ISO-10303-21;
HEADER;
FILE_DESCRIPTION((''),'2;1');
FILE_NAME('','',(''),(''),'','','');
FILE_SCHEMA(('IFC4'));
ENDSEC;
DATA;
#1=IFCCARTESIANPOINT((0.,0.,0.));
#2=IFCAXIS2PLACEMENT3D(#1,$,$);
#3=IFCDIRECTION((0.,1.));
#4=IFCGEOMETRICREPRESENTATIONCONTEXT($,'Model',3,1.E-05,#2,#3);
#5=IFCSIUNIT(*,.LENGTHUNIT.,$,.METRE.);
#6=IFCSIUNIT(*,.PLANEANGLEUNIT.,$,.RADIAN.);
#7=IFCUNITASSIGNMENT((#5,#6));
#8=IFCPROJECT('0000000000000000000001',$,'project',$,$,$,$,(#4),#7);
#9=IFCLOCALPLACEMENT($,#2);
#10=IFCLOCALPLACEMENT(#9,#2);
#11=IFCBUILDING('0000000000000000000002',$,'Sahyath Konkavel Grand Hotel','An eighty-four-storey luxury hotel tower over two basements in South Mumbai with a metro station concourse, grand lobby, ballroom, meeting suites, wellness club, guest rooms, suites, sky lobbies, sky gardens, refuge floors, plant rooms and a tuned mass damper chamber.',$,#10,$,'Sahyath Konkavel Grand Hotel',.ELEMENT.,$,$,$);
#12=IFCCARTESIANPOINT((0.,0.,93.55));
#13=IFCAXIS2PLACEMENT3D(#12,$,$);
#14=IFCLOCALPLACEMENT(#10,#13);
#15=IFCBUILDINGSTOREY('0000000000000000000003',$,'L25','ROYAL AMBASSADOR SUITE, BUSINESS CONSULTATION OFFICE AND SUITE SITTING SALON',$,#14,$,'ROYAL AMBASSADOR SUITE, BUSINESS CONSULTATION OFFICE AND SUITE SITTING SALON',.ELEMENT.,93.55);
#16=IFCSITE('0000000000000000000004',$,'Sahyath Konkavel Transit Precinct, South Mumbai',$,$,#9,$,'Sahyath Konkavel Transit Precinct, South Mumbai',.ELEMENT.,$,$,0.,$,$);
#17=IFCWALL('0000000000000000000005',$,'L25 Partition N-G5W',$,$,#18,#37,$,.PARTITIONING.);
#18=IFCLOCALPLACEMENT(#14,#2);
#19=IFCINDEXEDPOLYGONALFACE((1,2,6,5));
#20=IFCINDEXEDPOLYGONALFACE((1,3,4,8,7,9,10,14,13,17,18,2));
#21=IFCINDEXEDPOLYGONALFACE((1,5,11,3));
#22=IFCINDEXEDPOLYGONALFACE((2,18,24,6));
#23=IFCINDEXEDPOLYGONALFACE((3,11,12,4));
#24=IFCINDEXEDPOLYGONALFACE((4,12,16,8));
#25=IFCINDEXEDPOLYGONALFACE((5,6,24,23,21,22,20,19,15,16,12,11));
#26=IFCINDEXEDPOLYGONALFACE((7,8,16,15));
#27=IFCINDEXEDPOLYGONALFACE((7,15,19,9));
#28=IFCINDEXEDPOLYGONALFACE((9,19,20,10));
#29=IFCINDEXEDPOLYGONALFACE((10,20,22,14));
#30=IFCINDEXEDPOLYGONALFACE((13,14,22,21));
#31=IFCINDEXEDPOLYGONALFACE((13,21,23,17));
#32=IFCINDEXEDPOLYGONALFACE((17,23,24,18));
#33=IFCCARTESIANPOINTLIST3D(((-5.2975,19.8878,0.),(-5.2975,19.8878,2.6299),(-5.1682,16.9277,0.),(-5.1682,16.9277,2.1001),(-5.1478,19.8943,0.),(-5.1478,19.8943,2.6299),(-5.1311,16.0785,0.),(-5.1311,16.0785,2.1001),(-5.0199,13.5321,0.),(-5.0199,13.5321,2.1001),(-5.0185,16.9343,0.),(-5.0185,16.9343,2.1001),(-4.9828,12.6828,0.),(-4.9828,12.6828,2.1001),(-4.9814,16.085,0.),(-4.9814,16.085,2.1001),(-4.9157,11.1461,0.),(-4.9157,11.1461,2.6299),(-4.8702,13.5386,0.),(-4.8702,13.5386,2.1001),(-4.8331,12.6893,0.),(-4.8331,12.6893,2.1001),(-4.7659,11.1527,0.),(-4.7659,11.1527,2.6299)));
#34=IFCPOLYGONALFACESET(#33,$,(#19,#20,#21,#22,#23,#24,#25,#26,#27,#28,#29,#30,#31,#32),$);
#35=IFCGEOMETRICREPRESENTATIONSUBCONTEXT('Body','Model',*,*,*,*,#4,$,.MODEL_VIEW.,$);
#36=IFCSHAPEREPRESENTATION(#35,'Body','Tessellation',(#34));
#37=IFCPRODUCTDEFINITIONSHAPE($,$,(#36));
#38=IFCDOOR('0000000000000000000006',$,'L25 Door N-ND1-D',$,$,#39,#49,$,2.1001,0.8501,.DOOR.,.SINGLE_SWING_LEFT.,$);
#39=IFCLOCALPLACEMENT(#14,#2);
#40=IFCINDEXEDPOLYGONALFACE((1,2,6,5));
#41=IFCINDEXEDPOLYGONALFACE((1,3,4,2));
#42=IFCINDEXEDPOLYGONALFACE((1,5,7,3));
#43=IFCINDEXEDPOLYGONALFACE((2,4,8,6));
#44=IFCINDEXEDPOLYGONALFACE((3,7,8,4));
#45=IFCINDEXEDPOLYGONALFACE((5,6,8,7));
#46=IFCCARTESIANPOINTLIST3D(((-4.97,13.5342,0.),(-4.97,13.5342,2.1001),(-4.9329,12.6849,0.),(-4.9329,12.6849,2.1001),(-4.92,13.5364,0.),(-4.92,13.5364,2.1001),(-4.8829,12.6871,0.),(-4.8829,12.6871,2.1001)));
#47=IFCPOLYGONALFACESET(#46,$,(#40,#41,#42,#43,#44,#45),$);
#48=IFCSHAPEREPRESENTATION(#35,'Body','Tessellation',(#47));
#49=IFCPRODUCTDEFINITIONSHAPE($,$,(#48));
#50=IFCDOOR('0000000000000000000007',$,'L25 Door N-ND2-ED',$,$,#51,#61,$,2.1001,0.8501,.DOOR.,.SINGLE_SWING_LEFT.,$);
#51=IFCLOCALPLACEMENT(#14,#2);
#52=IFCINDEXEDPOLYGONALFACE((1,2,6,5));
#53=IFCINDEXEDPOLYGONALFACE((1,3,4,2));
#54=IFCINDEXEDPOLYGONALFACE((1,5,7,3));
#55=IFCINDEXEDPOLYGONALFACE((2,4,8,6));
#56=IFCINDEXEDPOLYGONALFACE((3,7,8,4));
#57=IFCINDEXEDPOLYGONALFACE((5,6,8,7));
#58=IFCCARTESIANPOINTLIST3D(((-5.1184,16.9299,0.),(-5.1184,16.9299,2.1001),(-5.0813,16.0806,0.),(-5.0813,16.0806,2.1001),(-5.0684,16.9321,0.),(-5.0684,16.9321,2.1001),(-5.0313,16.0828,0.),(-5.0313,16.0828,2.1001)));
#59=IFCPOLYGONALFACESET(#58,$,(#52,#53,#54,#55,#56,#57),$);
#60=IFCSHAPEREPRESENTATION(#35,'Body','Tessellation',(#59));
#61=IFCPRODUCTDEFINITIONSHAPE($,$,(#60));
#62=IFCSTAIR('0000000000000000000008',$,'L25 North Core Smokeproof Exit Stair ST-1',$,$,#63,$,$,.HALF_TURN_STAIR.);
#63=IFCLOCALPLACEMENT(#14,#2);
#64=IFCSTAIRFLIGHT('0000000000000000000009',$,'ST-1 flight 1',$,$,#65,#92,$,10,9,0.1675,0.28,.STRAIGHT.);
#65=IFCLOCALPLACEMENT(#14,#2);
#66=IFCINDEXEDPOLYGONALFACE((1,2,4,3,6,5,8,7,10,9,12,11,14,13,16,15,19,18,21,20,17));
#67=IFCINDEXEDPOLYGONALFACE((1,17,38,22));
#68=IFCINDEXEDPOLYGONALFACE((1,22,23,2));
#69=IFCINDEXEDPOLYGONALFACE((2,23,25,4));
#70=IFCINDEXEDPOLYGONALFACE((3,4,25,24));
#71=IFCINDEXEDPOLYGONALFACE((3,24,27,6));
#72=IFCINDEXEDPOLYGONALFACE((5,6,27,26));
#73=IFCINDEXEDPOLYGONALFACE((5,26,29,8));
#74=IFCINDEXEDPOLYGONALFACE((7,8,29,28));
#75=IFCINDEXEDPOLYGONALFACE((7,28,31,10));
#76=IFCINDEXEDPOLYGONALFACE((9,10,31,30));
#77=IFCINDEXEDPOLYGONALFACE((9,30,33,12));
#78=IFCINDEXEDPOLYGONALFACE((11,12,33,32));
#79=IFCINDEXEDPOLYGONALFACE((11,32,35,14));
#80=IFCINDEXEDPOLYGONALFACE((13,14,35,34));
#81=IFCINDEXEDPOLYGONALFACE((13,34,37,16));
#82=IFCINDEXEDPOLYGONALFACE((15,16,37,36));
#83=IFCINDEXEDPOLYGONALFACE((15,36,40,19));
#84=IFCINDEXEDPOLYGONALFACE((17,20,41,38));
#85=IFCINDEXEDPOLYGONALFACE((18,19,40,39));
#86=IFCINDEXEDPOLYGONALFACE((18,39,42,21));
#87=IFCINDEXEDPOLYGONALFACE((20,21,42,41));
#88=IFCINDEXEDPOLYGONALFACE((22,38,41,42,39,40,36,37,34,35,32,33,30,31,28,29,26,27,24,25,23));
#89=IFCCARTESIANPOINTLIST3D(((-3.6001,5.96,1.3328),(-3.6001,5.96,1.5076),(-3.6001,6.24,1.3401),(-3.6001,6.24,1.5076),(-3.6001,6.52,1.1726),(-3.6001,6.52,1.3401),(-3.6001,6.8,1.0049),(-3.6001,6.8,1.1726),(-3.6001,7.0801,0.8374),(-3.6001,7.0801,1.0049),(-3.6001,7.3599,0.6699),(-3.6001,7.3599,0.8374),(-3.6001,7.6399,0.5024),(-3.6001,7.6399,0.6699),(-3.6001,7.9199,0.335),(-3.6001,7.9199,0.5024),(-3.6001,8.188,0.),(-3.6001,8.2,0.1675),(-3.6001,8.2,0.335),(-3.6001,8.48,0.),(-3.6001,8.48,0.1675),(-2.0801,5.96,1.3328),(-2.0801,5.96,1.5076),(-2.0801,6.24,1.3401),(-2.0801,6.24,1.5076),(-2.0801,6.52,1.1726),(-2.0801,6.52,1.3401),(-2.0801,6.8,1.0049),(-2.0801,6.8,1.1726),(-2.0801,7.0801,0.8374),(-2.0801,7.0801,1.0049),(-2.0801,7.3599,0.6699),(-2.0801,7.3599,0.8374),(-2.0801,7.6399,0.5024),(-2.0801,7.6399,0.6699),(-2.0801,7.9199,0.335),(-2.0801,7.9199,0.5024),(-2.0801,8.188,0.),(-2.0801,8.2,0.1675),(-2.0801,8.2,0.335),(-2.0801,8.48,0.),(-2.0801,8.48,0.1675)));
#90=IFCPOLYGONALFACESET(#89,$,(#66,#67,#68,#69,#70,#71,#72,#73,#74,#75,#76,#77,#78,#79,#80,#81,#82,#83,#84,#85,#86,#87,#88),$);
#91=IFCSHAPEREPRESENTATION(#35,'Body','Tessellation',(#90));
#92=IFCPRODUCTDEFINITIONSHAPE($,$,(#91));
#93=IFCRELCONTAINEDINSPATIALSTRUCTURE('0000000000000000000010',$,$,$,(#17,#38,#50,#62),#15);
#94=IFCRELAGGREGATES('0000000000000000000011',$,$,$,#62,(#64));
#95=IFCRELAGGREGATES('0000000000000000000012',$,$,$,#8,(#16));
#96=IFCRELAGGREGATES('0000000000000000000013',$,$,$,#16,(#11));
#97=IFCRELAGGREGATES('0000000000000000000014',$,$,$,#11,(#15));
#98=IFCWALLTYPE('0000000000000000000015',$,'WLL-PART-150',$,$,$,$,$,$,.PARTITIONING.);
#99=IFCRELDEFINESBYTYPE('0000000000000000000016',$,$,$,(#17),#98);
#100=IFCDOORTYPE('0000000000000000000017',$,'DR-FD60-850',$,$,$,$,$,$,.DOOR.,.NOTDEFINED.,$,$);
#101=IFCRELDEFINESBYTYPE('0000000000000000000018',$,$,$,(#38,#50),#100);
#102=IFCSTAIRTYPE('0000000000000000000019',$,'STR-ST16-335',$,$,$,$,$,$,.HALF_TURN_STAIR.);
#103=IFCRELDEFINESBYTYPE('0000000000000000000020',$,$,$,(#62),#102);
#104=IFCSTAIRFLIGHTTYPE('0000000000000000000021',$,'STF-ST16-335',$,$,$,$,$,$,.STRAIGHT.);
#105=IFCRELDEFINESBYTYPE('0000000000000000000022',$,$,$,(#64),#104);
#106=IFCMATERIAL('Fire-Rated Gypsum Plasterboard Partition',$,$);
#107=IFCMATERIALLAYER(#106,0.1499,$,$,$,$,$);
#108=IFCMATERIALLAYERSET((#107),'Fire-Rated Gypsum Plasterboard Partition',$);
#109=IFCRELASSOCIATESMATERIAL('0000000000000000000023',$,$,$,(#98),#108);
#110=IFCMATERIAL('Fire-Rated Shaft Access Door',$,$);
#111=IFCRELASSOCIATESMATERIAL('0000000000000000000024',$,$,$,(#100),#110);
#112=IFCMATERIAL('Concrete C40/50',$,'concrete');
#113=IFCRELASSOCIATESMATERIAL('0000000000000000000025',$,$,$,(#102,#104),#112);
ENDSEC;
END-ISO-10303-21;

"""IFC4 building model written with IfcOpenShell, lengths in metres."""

from ifc_helpers import new_model, si_unit, direction, frame, frame_2d, origin, origin_2d, place, context, subcontext, project, spatial, polyline, rectangle, outline, extrude, source, transform, mapped, material, layer, layer_set, type_object, element, fill, aggregate, save


model = new_model("IFC4")

# Units and contexts
model_context = context("Model", 3, precision=1e-05, world=origin(), true_north=direction((0.0, 1.0)))
body_context = subcontext(model_context, "Body", "Model", "MODEL_VIEW")
ifc_project = project(units=[si_unit("LENGTHUNIT", "METRE"), si_unit("PLANEANGLEUNIT", "RADIAN")], contexts=[model_context])

# Site, building, storey
site_placement = place(None, origin())
site = spatial("IfcSite", under=ifc_project, at=site_placement, Name="Sahyath Konkavel Transit Precinct, South Mumbai", LongName="Sahyath Konkavel Transit Precinct, South Mumbai", CompositionType="ELEMENT", RefElevation=0.0)
building_placement = place(site_placement, origin())
building = spatial("IfcBuilding", under=site, at=building_placement, Name="Sahyath Konkavel Grand Hotel", Description="An eighty-four-storey luxury hotel tower over two basements in South Mumbai with a metro station concourse, grand lobby, ballroom, meeting suites, wellness club, guest rooms, suites, sky lobbies, sky gardens, refuge floors, plant rooms and a tuned mass damper chamber.", LongName="Sahyath Konkavel Grand Hotel", CompositionType="ELEMENT")
storey_placement = place(building_placement, frame((0.0, 0.0, 93.55)))
storey = spatial("IfcBuildingStorey", under=building, at=storey_placement, Name="L25", Description="ROYAL AMBASSADOR SUITE, BUSINESS CONSULTATION OFFICE AND SUITE SITTING SALON", LongName="ROYAL AMBASSADOR SUITE, BUSINESS CONSULTATION OFFICE AND SUITE SITTING SALON", CompositionType="ELEMENT", Elevation=93.55)

# Wall, openings, doors
ifc_material_1 = material(Name="Fire-Rated Gypsum Plasterboard Partition")
ifc_layer_1 = layer(ifc_material_1, 0.1499)
ifc_layer_set_1 = layer_set([ifc_layer_1], Name="Fire-Rated Gypsum Plasterboard Partition")
wall_type_1 = type_object("IfcWallType", Name="WLL-PART-150", PredefinedType="PARTITIONING", material=ifc_layer_set_1)
wall_1_placement = place(storey_placement, frame((-4.8408, 11.1494, 0.0), z_axis=(0.0, 0.0, 1.0), x_axis=(-0.043638, 0.999047, 0.0)))
wall_1 = element("IfcWall", 1, at=wall_1_placement, inside=storey, type_object=wall_type_1, Name="L25 Partition N-G5W", PredefinedType="PARTITIONING", context=body_context, shape_type="SweptSolid", body=[
    extrude(rectangle(XDim=8.75, YDim=0.1499, at=frame_2d((4.375, 0.0))), origin(), (0.0, 0.0, 1.0), 2.6299),
])
opening_1_placement = place(wall_1_placement, frame((1.5381, 0.0, 0.0)))
opening_1 = element("IfcOpeningElement", 2, at=opening_1_placement, cuts=wall_1, PredefinedType="OPENING", context=body_context, shape_type="SweptSolid", body=[
    extrude(rectangle(XDim=0.8501, YDim=2.1001, at=frame_2d((0.425, 1.05))), frame((0.0, 0.085, 0.0), z_axis=(0.0, -1.0, 0.0), x_axis=(1.0, 0.0, 0.0)), (0.0, 0.0, 1.0), 0.1699),
])
opening_2_placement = place(wall_1_placement, frame((4.937, 0.0, 0.0)))
opening_2 = element("IfcOpeningElement", 3, at=opening_2_placement, cuts=wall_1, PredefinedType="OPENING", context=body_context, shape_type="SweptSolid", body=[
    extrude(rectangle(XDim=0.8501, YDim=2.1001, at=frame_2d((0.425, 1.05))), frame((0.0, 0.085, 0.0), z_axis=(0.0, -1.0, 0.0), x_axis=(1.0, 0.0, 0.0)), (0.0, 0.0, 1.0), 0.1699),
])
ifc_material_2 = material(Name="Fire-Rated Shaft Access Door")
door_type_1 = type_object("IfcDoorType", Name="DR-FD60-850", OperationType="NOTDEFINED", PredefinedType="DOOR", material=ifc_material_2)
shared_shape_1 = source(origin(), body_context, "Body", "SweptSolid", [
    extrude(rectangle(XDim=0.8501, YDim=0.05, at=origin_2d()), origin(), (0.0, 0.0, 1.0), 2.1001),
])
door_1_placement = place(opening_1_placement, frame((0.425, 0.0, 0.0)))
door_1 = element("IfcDoor", 4, at=door_1_placement, inside=storey, type_object=door_type_1, Name="L25 Door N-ND1-D", OperationType="SINGLE_SWING_LEFT", OverallHeight=2.1001, OverallWidth=0.8501, PredefinedType="DOOR", context=body_context, shape_type="MappedRepresentation", body=[
    mapped(shared_shape_1, transform((0.0, 0.0, 0.0), scale=1.0)),
])
fill(opening_1, door_1)
door_2_placement = place(opening_2_placement, frame((0.425, 0.0, 0.0)))
door_2 = element("IfcDoor", 5, at=door_2_placement, inside=storey, type_object=door_type_1, Name="L25 Door N-ND2-ED", OperationType="SINGLE_SWING_LEFT", OverallHeight=2.1001, OverallWidth=0.8501, PredefinedType="DOOR", context=body_context, shape_type="MappedRepresentation", body=[
    mapped(shared_shape_1, transform((0.0, 0.0, 0.0), scale=1.0)),
])
fill(opening_2, door_2)

# Stair, stair flight
ifc_material_3 = material(Name="Concrete C40/50", Category="concrete")
stair_type = type_object("IfcStairType", Name="STR-ST16-335", PredefinedType="HALF_TURN_STAIR", material=ifc_material_3)
stair_placement = place(storey_placement, origin())
stair = element("IfcStair", 6, at=stair_placement, inside=storey, type_object=stair_type, Name="L25 North Core Smokeproof Exit Stair ST-1", PredefinedType="HALF_TURN_STAIR")
stair_flight_type = type_object("IfcStairFlightType", Name="STF-ST16-335", PredefinedType="STRAIGHT", material=ifc_material_3)
stair_flight_placement = place(storey_placement, frame((-2.8401, 8.48, 0.0), z_axis=(0.0, 0.0, 1.0), x_axis=(0.0, -1.0, 0.0)))
stair_flight = element("IfcStairFlight", 7, at=stair_flight_placement, type_object=stair_flight_type, Name="ST-1 flight 1", NumberOfRisers=10, NumberOfTreads=9, PredefinedType="STRAIGHT", RiserHeight=0.1675, TreadLength=0.28, context=body_context, shape_type="SweptSolid", body=[
    extrude(outline(polyline([(0.0, 0.0), (0.0, 0.1675), (0.28, 0.1675), (0.28, 0.335), (0.5601, 0.335), (0.5601, 0.5024), (0.8401, 0.5024), (0.8401, 0.6699), (1.1201, 0.6699), (1.1201, 0.8374), (1.3999, 0.8374), (1.3999, 1.0049), (1.6799, 1.0049), (1.6799, 1.1726), (1.96, 1.1726), (1.96, 1.3401), (2.24, 1.3401), (2.24, 1.5076), (2.52, 1.5076), (2.52, 1.675), (2.52, 1.3328), (0.292, 0.0), (0.0, 0.0)])), frame((0.0, 0.76, 0.0), z_axis=(0.0, -1.0, 0.0), x_axis=(1.0, 0.0, 0.0)), (0.0, 0.0, 1.0), 1.52),
])
aggregate(stair, [stair_flight])

save(model, "model.ifc")
